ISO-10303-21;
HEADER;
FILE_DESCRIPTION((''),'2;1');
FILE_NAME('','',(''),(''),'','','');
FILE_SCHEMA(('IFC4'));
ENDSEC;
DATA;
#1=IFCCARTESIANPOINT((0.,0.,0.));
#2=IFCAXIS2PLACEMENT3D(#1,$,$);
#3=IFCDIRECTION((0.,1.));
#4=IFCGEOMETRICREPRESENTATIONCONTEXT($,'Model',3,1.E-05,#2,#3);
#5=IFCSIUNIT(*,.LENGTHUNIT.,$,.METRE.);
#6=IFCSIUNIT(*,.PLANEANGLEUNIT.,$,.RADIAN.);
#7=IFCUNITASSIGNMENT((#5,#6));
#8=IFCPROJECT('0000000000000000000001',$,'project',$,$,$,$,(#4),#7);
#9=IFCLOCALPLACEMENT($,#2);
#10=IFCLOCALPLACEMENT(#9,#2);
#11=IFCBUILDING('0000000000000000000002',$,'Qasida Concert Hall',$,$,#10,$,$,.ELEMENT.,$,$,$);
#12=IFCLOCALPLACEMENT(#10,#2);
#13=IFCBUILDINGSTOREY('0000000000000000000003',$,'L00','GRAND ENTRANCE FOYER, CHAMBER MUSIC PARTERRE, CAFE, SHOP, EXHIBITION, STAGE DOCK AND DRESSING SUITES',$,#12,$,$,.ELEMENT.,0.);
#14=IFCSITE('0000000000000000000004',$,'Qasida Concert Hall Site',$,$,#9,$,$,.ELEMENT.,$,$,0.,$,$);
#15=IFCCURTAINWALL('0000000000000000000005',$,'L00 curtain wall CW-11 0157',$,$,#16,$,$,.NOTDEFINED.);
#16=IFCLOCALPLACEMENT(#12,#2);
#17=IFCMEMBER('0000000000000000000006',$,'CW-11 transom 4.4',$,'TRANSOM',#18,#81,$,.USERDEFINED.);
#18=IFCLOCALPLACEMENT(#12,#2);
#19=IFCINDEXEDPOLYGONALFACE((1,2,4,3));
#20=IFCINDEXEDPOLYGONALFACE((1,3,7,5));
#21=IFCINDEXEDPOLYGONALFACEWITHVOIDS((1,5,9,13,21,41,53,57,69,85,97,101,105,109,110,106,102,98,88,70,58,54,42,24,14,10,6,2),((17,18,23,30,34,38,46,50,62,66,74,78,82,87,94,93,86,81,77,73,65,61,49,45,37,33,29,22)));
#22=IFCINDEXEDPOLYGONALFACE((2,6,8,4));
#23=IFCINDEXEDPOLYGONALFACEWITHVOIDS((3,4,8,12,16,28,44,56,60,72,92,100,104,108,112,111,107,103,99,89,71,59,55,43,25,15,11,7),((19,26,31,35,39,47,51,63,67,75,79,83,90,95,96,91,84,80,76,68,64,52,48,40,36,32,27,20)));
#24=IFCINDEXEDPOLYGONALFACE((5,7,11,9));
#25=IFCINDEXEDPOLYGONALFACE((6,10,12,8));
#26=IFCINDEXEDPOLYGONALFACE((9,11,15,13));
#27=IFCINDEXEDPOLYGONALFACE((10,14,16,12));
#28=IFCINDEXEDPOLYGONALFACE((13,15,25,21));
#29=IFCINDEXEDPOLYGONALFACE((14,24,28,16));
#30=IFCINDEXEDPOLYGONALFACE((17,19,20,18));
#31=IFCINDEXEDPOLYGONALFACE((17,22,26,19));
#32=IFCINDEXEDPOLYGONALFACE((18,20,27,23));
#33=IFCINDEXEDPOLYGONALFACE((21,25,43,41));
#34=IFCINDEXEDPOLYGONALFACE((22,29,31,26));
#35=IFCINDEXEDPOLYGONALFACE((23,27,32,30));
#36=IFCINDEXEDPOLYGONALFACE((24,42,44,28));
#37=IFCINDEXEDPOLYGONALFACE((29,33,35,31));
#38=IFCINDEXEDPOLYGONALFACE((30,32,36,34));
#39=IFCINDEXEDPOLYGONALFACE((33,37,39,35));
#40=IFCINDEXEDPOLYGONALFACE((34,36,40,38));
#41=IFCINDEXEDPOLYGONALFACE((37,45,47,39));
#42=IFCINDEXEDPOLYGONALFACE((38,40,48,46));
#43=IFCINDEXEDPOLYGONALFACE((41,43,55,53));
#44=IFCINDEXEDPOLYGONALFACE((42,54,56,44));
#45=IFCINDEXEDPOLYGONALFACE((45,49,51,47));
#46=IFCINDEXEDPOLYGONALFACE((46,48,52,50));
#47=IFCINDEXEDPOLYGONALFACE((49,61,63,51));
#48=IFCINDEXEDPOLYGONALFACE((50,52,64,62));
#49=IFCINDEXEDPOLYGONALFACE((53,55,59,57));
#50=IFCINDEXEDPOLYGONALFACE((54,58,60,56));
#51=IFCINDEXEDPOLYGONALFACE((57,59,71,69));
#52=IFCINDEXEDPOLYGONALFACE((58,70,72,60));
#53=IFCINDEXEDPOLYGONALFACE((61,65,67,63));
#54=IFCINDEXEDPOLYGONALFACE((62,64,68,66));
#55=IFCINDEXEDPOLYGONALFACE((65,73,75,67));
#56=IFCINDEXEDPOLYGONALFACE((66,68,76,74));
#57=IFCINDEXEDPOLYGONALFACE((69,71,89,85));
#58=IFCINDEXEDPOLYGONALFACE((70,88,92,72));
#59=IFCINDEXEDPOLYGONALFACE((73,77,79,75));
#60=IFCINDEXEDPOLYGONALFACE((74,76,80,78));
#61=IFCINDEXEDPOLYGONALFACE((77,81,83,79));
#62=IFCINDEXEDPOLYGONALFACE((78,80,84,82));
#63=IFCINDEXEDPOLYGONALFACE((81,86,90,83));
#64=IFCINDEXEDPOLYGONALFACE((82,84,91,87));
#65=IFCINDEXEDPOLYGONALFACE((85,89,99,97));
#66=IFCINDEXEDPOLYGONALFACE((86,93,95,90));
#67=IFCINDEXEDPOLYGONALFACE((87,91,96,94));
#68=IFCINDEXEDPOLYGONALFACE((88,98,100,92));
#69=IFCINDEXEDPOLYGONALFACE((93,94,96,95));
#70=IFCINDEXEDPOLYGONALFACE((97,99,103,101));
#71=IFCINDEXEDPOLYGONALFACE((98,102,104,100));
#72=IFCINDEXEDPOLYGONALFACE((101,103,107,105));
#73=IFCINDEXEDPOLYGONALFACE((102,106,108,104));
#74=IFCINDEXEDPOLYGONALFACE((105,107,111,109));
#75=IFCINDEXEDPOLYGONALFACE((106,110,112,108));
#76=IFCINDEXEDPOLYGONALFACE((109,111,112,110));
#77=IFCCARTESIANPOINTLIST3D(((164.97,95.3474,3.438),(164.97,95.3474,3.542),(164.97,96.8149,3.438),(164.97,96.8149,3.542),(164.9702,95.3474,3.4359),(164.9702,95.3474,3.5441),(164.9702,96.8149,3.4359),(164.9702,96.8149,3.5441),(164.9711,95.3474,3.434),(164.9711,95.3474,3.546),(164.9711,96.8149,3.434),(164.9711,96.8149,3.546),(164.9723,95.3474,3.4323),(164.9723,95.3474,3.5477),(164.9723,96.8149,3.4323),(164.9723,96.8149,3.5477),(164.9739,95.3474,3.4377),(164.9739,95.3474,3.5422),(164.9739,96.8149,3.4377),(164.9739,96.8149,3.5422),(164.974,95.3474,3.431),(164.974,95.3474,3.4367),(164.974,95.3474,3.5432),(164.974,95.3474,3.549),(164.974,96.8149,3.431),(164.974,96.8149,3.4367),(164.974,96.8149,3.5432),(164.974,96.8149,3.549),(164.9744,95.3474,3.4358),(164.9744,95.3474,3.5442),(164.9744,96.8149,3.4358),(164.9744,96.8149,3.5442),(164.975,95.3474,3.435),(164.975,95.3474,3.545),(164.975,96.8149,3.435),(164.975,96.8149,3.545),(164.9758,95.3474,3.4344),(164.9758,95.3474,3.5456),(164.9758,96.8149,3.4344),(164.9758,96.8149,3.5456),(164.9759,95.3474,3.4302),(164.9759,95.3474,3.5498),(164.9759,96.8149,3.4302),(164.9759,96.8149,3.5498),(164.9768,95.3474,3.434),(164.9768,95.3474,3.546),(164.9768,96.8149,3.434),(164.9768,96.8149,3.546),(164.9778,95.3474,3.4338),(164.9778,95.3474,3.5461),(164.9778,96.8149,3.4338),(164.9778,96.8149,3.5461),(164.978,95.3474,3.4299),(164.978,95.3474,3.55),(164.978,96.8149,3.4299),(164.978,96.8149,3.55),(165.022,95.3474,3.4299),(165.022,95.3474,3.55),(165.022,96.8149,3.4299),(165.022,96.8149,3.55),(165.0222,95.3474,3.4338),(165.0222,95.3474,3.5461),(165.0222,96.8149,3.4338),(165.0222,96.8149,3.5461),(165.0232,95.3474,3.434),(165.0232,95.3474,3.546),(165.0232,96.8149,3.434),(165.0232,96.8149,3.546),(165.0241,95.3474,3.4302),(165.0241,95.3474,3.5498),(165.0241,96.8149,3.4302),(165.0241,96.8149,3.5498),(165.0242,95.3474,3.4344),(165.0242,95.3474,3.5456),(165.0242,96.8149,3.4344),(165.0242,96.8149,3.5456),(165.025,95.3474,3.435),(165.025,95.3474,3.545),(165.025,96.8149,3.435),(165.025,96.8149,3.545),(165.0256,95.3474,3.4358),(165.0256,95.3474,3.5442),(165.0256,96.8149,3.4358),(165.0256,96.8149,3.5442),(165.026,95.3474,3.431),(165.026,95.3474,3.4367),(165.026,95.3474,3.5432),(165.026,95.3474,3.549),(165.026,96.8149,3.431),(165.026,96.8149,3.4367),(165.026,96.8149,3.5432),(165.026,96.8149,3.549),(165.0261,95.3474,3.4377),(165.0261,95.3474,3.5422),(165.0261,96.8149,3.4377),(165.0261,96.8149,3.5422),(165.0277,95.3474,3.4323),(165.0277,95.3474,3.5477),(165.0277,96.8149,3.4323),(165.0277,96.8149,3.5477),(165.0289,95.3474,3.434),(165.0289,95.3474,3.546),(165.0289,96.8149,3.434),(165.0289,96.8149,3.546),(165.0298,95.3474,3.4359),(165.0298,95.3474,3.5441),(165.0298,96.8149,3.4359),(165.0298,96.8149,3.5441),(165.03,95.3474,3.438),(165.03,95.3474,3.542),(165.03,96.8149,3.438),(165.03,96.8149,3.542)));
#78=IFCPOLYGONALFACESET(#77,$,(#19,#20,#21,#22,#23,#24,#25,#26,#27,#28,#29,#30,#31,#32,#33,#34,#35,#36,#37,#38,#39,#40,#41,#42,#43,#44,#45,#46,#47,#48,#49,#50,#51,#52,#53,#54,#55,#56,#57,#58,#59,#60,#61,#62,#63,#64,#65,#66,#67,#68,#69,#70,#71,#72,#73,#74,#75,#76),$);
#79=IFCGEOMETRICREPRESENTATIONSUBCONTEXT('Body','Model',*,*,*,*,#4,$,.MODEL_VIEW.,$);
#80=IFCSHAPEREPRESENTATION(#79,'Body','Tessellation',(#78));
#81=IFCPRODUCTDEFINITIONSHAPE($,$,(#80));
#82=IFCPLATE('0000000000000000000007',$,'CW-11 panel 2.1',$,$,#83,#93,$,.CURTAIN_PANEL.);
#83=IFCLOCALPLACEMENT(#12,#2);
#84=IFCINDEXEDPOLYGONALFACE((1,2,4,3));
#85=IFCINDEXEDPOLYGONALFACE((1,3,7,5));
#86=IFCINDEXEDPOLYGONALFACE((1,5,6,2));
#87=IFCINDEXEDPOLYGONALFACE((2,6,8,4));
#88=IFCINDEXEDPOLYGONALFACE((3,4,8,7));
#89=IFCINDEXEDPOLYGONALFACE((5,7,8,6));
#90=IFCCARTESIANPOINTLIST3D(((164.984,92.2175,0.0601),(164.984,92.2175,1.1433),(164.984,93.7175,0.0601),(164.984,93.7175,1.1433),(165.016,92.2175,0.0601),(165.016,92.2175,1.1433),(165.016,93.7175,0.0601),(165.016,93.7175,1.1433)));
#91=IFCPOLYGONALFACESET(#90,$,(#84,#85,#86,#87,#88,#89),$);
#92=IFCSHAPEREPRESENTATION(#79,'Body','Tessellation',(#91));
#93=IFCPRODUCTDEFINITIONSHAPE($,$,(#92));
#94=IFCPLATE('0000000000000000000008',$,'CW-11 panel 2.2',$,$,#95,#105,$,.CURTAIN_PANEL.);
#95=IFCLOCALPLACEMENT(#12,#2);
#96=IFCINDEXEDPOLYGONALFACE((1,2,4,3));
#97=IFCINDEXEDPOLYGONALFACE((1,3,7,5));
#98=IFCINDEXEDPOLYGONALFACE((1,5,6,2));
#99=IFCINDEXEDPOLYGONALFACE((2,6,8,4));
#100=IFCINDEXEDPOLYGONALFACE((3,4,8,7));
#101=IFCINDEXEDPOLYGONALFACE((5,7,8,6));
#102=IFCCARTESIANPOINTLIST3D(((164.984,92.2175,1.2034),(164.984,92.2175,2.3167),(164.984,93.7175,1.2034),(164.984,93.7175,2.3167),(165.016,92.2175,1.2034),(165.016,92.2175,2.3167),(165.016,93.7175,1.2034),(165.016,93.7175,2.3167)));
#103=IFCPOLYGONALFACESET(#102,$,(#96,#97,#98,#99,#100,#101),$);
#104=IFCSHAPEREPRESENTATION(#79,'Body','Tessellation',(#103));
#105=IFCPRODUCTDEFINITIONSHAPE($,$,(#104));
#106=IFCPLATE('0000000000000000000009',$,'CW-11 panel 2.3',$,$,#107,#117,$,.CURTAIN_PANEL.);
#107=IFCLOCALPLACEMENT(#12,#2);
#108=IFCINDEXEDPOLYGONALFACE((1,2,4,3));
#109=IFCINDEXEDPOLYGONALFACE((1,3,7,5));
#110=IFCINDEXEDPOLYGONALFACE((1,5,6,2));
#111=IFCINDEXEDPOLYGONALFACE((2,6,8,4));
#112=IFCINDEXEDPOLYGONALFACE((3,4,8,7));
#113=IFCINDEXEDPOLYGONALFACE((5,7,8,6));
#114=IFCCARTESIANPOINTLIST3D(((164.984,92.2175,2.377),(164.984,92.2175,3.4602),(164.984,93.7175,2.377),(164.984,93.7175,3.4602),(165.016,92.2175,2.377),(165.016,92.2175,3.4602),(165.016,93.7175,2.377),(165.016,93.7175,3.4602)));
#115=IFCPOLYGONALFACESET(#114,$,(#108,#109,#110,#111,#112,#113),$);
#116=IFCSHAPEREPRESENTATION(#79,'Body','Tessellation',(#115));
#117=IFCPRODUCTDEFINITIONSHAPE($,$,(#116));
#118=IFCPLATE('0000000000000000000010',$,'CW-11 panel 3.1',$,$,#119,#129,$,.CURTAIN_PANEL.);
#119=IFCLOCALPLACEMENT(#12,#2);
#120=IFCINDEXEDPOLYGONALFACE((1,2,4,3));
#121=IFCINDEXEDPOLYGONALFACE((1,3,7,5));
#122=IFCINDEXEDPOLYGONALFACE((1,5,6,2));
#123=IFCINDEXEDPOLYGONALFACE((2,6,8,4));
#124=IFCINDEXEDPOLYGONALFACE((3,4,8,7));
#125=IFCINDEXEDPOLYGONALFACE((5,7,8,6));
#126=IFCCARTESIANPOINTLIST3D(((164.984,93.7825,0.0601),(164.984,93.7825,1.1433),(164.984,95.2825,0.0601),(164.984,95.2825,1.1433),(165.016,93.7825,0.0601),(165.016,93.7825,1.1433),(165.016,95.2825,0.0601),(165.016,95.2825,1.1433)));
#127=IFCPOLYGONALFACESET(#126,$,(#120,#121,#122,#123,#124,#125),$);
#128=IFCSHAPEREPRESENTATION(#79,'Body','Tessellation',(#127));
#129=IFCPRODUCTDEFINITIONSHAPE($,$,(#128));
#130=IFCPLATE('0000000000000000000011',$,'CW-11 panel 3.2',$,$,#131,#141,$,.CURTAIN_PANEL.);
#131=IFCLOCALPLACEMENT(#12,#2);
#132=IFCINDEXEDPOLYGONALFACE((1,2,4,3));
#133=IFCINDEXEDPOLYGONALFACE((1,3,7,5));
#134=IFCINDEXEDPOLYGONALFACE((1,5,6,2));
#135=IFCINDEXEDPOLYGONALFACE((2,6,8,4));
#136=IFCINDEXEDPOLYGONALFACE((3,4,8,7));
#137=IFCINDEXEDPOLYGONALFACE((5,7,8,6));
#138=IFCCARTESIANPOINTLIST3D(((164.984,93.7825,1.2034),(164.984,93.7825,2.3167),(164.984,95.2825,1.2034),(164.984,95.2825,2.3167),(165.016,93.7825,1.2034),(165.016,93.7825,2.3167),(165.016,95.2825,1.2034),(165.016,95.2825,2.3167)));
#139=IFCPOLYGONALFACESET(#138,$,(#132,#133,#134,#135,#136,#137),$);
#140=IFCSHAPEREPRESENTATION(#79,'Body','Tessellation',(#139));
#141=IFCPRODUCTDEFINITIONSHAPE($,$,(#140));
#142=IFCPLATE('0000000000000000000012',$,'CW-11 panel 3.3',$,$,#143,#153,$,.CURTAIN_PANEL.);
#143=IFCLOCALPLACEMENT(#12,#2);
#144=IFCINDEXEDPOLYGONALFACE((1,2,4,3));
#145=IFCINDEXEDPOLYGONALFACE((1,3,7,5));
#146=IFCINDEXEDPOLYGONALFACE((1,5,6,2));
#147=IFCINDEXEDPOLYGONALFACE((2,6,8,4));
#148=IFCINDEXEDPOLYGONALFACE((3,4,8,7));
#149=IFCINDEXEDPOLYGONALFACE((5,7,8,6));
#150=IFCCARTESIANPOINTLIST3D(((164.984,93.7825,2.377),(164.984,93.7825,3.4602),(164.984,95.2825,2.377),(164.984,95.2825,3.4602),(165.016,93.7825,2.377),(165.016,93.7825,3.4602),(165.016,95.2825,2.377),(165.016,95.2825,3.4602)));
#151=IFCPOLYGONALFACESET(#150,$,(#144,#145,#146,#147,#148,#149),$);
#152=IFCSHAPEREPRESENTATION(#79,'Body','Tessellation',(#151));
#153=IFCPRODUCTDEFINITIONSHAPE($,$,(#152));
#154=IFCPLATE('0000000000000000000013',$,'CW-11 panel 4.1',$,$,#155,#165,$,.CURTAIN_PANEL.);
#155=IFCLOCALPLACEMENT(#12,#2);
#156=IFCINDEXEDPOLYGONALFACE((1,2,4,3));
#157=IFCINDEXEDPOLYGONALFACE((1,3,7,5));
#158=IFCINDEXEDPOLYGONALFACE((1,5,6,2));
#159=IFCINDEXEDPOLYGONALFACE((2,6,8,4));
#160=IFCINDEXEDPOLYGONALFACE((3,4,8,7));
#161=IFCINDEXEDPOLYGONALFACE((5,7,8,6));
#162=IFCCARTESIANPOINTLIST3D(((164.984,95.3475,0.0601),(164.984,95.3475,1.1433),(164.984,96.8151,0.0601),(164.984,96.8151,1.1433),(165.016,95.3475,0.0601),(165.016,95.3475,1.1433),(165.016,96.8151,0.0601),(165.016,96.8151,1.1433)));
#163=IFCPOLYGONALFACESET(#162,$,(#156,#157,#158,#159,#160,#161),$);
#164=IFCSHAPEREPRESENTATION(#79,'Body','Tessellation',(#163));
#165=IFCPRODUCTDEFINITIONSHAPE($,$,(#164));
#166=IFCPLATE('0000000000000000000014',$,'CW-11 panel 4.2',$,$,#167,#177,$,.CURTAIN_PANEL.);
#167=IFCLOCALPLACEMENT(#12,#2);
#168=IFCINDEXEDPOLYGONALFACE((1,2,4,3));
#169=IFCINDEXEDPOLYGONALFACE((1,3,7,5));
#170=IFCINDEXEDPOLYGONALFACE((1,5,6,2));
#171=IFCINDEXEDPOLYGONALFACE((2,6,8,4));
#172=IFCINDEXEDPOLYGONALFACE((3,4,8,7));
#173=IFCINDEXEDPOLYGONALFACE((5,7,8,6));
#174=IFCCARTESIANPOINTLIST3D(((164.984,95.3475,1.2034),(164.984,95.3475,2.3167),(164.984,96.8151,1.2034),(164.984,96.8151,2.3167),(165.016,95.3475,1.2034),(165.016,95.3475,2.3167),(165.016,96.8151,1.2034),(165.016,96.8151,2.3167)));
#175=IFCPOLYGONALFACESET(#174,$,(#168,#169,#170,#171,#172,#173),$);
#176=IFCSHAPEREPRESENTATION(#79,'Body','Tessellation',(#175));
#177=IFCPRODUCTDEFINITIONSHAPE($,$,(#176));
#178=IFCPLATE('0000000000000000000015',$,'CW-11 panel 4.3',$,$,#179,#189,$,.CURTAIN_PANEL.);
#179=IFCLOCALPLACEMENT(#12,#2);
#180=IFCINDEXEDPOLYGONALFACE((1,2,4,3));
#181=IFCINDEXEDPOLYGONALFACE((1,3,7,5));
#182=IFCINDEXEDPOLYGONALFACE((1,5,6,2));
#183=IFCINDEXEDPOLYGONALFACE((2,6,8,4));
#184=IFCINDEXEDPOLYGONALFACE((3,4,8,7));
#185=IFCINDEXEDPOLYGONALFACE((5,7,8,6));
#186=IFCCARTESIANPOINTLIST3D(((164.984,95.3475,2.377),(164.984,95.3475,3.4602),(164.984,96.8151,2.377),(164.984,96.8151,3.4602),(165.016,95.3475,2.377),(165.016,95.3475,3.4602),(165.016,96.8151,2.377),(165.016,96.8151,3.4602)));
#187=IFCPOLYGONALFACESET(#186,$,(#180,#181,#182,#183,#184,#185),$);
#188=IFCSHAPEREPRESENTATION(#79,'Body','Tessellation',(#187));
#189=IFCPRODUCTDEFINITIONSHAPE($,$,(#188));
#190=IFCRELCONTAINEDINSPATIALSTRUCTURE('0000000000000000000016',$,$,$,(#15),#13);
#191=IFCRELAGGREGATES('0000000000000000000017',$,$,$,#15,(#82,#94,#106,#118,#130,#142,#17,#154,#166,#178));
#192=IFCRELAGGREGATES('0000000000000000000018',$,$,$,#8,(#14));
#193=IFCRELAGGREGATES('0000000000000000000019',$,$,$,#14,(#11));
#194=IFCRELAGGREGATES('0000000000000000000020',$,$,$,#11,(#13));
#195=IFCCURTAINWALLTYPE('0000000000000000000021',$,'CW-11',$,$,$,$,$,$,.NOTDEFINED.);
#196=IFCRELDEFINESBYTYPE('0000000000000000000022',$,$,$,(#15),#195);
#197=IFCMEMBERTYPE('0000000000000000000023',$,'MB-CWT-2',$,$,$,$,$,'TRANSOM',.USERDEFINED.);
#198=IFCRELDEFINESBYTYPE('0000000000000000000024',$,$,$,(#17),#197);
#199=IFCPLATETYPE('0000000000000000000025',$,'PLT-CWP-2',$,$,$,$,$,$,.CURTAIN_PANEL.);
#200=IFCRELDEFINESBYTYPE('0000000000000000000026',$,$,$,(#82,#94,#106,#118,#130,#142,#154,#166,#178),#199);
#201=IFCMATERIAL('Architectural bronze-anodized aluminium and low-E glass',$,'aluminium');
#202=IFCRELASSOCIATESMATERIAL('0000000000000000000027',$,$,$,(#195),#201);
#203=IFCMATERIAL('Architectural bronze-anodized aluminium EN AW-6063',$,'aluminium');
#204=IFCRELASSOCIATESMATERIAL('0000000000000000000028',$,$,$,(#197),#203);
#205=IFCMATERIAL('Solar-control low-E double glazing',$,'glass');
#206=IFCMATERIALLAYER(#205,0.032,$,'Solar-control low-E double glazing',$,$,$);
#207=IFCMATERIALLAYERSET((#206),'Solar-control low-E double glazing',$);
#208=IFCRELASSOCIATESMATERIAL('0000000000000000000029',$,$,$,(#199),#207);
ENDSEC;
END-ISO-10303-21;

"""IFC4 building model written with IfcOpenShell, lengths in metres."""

from ifc_helpers import new_model, si_unit, direction, frame, origin, origin_2d, place, context, subcontext, project, spatial, rectangle, hollow_rectangle, extrude, material, layer, layer_set, material_profile, profile_set, type_object, element, aggregate, save


model = new_model("IFC4")

# Units and contexts
model_context = context("Model", 3, precision=1e-05, world=origin(), true_north=direction((0.0, 1.0)))
body_context = subcontext(model_context, "Body", "Model", "MODEL_VIEW")
ifc_project = project(units=[si_unit("LENGTHUNIT", "METRE"), si_unit("PLANEANGLEUNIT", "RADIAN")], contexts=[model_context])

# Site, building, storey
site_placement = place(None, origin())
site = spatial("IfcSite", under=ifc_project, at=site_placement, Name="Qasida Concert Hall Site", CompositionType="ELEMENT", RefElevation=0.0)
building_placement = place(site_placement, origin())
building = spatial("IfcBuilding", under=site, at=building_placement, Name="Qasida Concert Hall", CompositionType="ELEMENT")
storey_placement = place(building_placement, origin())
storey = spatial("IfcBuildingStorey", under=building, at=storey_placement, Name="L00", Description="GRAND ENTRANCE FOYER, CHAMBER MUSIC PARTERRE, CAFE, SHOP, EXHIBITION, STAGE DOCK AND DRESSING SUITES", CompositionType="ELEMENT", Elevation=0.0)

# Curtain wall, member, plates
ifc_material_1 = material(Name="Architectural bronze-anodized aluminium and low-E glass", Category="aluminium")
curtain_wall_type = type_object("IfcCurtainWallType", Name="CW-11", PredefinedType="NOTDEFINED", material=ifc_material_1)
curtain_wall_placement = place(storey_placement, origin())
curtain_wall = element("IfcCurtainWall", 1, at=curtain_wall_placement, inside=storey, type_object=curtain_wall_type, Name="L00 curtain wall CW-11 0157", PredefinedType="NOTDEFINED")
ifc_material_2 = material(Name="Architectural bronze-anodized aluminium EN AW-6063", Category="aluminium")
ifc_material_profile_1 = material_profile(ifc_material_2, hollow_rectangle(XDim=0.0601, YDim=0.1201, WallThickness=0.0039, InnerFilletRadius=0.0039, OuterFilletRadius=0.0081, at=origin_2d()), Name="CWT 120x60x4")
ifc_profile_set_1 = profile_set([ifc_material_profile_1], Name="Architectural bronze-anodized aluminium EN AW-6063")
member_type_1 = type_object("IfcMemberType", Name="MB-CWT-2", ElementType="TRANSOM", PredefinedType="USERDEFINED", material=ifc_profile_set_1)
member_1_placement = place(storey_placement, frame((165.0, 95.3474, 3.49), z_axis=(0.0, 1.0, 0.0), x_axis=(-1.0, 0.0, 0.0)))
member_1 = element("IfcMember", 2, at=member_1_placement, type_object=member_type_1, Name="CW-11 transom 4.4", ObjectType="TRANSOM", PredefinedType="USERDEFINED", context=body_context, shape_type="SweptSolid", body=[
    extrude(hollow_rectangle(XDim=0.0601, YDim=0.1201, WallThickness=0.0039, InnerFilletRadius=0.0039, OuterFilletRadius=0.0081, at=origin_2d()), origin(), (0.0, 0.0, 1.0), 1.4675),
])
ifc_material_3 = material(Name="Solar-control low-E double glazing", Category="glass")
ifc_layer = layer(ifc_material_3, 0.032, Name="Solar-control low-E double glazing")
ifc_layer_set = layer_set([ifc_layer], Name="Solar-control low-E double glazing")
plate_type = type_object("IfcPlateType", Name="PLT-CWP-2", PredefinedType="CURTAIN_PANEL", material=ifc_layer_set)
plate_1_placement = place(storey_placement, frame((165.0, 92.9675, 0.0601), z_axis=(0.0, 0.0, 1.0), x_axis=(0.0, 1.0, 0.0)))
plate_1 = element("IfcPlate", 3, at=plate_1_placement, type_object=plate_type, Name="CW-11 panel 2.1", PredefinedType="CURTAIN_PANEL", context=body_context, shape_type="SweptSolid", body=[
    extrude(rectangle(XDim=1.5, YDim=0.032, at=origin_2d()), origin(), (0.0, 0.0, 1.0), 1.0833),
])
plate_2_placement = place(storey_placement, frame((165.0, 92.9675, 1.2034), z_axis=(0.0, 0.0, 1.0), x_axis=(0.0, 1.0, 0.0)))
plate_2 = element("IfcPlate", 4, at=plate_2_placement, type_object=plate_type, Name="CW-11 panel 2.2", PredefinedType="CURTAIN_PANEL", context=body_context, shape_type="SweptSolid", body=[
    extrude(rectangle(XDim=1.5, YDim=0.032, at=origin_2d()), origin(), (0.0, 0.0, 1.0), 1.1133),
])
plate_3_placement = place(storey_placement, frame((165.0, 92.9675, 2.377), z_axis=(0.0, 0.0, 1.0), x_axis=(0.0, 1.0, 0.0)))
plate_3 = element("IfcPlate", 5, at=plate_3_placement, type_object=plate_type, Name="CW-11 panel 2.3", PredefinedType="CURTAIN_PANEL", context=body_context, shape_type="SweptSolid", body=[
    extrude(rectangle(XDim=1.5, YDim=0.032, at=origin_2d()), origin(), (0.0, 0.0, 1.0), 1.0833),
])
plate_4_placement = place(storey_placement, frame((165.0, 94.5325, 0.0601), z_axis=(0.0, 0.0, 1.0), x_axis=(0.0, 1.0, 0.0)))
plate_4 = element("IfcPlate", 6, at=plate_4_placement, type_object=plate_type, Name="CW-11 panel 3.1", PredefinedType="CURTAIN_PANEL", context=body_context, shape_type="SweptSolid", body=[
    extrude(rectangle(XDim=1.5, YDim=0.032, at=origin_2d()), origin(), (0.0, 0.0, 1.0), 1.0833),
])
plate_5_placement = place(storey_placement, frame((165.0, 94.5325, 1.2034), z_axis=(0.0, 0.0, 1.0), x_axis=(0.0, 1.0, 0.0)))
plate_5 = element("IfcPlate", 7, at=plate_5_placement, type_object=plate_type, Name="CW-11 panel 3.2", PredefinedType="CURTAIN_PANEL", context=body_context, shape_type="SweptSolid", body=[
    extrude(rectangle(XDim=1.5, YDim=0.032, at=origin_2d()), origin(), (0.0, 0.0, 1.0), 1.1133),
])
plate_6_placement = place(storey_placement, frame((165.0, 94.5325, 2.377), z_axis=(0.0, 0.0, 1.0), x_axis=(0.0, 1.0, 0.0)))
plate_6 = element("IfcPlate", 8, at=plate_6_placement, type_object=plate_type, Name="CW-11 panel 3.3", PredefinedType="CURTAIN_PANEL", context=body_context, shape_type="SweptSolid", body=[
    extrude(rectangle(XDim=1.5, YDim=0.032, at=origin_2d()), origin(), (0.0, 0.0, 1.0), 1.0833),
])
plate_7_placement = place(storey_placement, frame((165.0, 96.0813, 0.0601), z_axis=(0.0, 0.0, 1.0), x_axis=(0.0, 1.0, 0.0)))
plate_7 = element("IfcPlate", 9, at=plate_7_placement, type_object=plate_type, Name="CW-11 panel 4.1", PredefinedType="CURTAIN_PANEL", context=body_context, shape_type="SweptSolid", body=[
    extrude(rectangle(XDim=1.4675, YDim=0.032, at=origin_2d()), origin(), (0.0, 0.0, 1.0), 1.0833),
])
plate_8_placement = place(storey_placement, frame((165.0, 96.0813, 1.2034), z_axis=(0.0, 0.0, 1.0), x_axis=(0.0, 1.0, 0.0)))
plate_8 = element("IfcPlate", 10, at=plate_8_placement, type_object=plate_type, Name="CW-11 panel 4.2", PredefinedType="CURTAIN_PANEL", context=body_context, shape_type="SweptSolid", body=[
    extrude(rectangle(XDim=1.4675, YDim=0.032, at=origin_2d()), origin(), (0.0, 0.0, 1.0), 1.1133),
])
plate_9_placement = place(storey_placement, frame((165.0, 96.0813, 2.377), z_axis=(0.0, 0.0, 1.0), x_axis=(0.0, 1.0, 0.0)))
plate_9 = element("IfcPlate", 11, at=plate_9_placement, type_object=plate_type, Name="CW-11 panel 4.3", PredefinedType="CURTAIN_PANEL", context=body_context, shape_type="SweptSolid", body=[
    extrude(rectangle(XDim=1.4675, YDim=0.032, at=origin_2d()), origin(), (0.0, 0.0, 1.0), 1.0833),
])
aggregate(curtain_wall, [plate_1, plate_2, plate_3, plate_4, plate_5, plate_6, member_1, plate_7, plate_8, plate_9])

save(model, "model.ifc")
